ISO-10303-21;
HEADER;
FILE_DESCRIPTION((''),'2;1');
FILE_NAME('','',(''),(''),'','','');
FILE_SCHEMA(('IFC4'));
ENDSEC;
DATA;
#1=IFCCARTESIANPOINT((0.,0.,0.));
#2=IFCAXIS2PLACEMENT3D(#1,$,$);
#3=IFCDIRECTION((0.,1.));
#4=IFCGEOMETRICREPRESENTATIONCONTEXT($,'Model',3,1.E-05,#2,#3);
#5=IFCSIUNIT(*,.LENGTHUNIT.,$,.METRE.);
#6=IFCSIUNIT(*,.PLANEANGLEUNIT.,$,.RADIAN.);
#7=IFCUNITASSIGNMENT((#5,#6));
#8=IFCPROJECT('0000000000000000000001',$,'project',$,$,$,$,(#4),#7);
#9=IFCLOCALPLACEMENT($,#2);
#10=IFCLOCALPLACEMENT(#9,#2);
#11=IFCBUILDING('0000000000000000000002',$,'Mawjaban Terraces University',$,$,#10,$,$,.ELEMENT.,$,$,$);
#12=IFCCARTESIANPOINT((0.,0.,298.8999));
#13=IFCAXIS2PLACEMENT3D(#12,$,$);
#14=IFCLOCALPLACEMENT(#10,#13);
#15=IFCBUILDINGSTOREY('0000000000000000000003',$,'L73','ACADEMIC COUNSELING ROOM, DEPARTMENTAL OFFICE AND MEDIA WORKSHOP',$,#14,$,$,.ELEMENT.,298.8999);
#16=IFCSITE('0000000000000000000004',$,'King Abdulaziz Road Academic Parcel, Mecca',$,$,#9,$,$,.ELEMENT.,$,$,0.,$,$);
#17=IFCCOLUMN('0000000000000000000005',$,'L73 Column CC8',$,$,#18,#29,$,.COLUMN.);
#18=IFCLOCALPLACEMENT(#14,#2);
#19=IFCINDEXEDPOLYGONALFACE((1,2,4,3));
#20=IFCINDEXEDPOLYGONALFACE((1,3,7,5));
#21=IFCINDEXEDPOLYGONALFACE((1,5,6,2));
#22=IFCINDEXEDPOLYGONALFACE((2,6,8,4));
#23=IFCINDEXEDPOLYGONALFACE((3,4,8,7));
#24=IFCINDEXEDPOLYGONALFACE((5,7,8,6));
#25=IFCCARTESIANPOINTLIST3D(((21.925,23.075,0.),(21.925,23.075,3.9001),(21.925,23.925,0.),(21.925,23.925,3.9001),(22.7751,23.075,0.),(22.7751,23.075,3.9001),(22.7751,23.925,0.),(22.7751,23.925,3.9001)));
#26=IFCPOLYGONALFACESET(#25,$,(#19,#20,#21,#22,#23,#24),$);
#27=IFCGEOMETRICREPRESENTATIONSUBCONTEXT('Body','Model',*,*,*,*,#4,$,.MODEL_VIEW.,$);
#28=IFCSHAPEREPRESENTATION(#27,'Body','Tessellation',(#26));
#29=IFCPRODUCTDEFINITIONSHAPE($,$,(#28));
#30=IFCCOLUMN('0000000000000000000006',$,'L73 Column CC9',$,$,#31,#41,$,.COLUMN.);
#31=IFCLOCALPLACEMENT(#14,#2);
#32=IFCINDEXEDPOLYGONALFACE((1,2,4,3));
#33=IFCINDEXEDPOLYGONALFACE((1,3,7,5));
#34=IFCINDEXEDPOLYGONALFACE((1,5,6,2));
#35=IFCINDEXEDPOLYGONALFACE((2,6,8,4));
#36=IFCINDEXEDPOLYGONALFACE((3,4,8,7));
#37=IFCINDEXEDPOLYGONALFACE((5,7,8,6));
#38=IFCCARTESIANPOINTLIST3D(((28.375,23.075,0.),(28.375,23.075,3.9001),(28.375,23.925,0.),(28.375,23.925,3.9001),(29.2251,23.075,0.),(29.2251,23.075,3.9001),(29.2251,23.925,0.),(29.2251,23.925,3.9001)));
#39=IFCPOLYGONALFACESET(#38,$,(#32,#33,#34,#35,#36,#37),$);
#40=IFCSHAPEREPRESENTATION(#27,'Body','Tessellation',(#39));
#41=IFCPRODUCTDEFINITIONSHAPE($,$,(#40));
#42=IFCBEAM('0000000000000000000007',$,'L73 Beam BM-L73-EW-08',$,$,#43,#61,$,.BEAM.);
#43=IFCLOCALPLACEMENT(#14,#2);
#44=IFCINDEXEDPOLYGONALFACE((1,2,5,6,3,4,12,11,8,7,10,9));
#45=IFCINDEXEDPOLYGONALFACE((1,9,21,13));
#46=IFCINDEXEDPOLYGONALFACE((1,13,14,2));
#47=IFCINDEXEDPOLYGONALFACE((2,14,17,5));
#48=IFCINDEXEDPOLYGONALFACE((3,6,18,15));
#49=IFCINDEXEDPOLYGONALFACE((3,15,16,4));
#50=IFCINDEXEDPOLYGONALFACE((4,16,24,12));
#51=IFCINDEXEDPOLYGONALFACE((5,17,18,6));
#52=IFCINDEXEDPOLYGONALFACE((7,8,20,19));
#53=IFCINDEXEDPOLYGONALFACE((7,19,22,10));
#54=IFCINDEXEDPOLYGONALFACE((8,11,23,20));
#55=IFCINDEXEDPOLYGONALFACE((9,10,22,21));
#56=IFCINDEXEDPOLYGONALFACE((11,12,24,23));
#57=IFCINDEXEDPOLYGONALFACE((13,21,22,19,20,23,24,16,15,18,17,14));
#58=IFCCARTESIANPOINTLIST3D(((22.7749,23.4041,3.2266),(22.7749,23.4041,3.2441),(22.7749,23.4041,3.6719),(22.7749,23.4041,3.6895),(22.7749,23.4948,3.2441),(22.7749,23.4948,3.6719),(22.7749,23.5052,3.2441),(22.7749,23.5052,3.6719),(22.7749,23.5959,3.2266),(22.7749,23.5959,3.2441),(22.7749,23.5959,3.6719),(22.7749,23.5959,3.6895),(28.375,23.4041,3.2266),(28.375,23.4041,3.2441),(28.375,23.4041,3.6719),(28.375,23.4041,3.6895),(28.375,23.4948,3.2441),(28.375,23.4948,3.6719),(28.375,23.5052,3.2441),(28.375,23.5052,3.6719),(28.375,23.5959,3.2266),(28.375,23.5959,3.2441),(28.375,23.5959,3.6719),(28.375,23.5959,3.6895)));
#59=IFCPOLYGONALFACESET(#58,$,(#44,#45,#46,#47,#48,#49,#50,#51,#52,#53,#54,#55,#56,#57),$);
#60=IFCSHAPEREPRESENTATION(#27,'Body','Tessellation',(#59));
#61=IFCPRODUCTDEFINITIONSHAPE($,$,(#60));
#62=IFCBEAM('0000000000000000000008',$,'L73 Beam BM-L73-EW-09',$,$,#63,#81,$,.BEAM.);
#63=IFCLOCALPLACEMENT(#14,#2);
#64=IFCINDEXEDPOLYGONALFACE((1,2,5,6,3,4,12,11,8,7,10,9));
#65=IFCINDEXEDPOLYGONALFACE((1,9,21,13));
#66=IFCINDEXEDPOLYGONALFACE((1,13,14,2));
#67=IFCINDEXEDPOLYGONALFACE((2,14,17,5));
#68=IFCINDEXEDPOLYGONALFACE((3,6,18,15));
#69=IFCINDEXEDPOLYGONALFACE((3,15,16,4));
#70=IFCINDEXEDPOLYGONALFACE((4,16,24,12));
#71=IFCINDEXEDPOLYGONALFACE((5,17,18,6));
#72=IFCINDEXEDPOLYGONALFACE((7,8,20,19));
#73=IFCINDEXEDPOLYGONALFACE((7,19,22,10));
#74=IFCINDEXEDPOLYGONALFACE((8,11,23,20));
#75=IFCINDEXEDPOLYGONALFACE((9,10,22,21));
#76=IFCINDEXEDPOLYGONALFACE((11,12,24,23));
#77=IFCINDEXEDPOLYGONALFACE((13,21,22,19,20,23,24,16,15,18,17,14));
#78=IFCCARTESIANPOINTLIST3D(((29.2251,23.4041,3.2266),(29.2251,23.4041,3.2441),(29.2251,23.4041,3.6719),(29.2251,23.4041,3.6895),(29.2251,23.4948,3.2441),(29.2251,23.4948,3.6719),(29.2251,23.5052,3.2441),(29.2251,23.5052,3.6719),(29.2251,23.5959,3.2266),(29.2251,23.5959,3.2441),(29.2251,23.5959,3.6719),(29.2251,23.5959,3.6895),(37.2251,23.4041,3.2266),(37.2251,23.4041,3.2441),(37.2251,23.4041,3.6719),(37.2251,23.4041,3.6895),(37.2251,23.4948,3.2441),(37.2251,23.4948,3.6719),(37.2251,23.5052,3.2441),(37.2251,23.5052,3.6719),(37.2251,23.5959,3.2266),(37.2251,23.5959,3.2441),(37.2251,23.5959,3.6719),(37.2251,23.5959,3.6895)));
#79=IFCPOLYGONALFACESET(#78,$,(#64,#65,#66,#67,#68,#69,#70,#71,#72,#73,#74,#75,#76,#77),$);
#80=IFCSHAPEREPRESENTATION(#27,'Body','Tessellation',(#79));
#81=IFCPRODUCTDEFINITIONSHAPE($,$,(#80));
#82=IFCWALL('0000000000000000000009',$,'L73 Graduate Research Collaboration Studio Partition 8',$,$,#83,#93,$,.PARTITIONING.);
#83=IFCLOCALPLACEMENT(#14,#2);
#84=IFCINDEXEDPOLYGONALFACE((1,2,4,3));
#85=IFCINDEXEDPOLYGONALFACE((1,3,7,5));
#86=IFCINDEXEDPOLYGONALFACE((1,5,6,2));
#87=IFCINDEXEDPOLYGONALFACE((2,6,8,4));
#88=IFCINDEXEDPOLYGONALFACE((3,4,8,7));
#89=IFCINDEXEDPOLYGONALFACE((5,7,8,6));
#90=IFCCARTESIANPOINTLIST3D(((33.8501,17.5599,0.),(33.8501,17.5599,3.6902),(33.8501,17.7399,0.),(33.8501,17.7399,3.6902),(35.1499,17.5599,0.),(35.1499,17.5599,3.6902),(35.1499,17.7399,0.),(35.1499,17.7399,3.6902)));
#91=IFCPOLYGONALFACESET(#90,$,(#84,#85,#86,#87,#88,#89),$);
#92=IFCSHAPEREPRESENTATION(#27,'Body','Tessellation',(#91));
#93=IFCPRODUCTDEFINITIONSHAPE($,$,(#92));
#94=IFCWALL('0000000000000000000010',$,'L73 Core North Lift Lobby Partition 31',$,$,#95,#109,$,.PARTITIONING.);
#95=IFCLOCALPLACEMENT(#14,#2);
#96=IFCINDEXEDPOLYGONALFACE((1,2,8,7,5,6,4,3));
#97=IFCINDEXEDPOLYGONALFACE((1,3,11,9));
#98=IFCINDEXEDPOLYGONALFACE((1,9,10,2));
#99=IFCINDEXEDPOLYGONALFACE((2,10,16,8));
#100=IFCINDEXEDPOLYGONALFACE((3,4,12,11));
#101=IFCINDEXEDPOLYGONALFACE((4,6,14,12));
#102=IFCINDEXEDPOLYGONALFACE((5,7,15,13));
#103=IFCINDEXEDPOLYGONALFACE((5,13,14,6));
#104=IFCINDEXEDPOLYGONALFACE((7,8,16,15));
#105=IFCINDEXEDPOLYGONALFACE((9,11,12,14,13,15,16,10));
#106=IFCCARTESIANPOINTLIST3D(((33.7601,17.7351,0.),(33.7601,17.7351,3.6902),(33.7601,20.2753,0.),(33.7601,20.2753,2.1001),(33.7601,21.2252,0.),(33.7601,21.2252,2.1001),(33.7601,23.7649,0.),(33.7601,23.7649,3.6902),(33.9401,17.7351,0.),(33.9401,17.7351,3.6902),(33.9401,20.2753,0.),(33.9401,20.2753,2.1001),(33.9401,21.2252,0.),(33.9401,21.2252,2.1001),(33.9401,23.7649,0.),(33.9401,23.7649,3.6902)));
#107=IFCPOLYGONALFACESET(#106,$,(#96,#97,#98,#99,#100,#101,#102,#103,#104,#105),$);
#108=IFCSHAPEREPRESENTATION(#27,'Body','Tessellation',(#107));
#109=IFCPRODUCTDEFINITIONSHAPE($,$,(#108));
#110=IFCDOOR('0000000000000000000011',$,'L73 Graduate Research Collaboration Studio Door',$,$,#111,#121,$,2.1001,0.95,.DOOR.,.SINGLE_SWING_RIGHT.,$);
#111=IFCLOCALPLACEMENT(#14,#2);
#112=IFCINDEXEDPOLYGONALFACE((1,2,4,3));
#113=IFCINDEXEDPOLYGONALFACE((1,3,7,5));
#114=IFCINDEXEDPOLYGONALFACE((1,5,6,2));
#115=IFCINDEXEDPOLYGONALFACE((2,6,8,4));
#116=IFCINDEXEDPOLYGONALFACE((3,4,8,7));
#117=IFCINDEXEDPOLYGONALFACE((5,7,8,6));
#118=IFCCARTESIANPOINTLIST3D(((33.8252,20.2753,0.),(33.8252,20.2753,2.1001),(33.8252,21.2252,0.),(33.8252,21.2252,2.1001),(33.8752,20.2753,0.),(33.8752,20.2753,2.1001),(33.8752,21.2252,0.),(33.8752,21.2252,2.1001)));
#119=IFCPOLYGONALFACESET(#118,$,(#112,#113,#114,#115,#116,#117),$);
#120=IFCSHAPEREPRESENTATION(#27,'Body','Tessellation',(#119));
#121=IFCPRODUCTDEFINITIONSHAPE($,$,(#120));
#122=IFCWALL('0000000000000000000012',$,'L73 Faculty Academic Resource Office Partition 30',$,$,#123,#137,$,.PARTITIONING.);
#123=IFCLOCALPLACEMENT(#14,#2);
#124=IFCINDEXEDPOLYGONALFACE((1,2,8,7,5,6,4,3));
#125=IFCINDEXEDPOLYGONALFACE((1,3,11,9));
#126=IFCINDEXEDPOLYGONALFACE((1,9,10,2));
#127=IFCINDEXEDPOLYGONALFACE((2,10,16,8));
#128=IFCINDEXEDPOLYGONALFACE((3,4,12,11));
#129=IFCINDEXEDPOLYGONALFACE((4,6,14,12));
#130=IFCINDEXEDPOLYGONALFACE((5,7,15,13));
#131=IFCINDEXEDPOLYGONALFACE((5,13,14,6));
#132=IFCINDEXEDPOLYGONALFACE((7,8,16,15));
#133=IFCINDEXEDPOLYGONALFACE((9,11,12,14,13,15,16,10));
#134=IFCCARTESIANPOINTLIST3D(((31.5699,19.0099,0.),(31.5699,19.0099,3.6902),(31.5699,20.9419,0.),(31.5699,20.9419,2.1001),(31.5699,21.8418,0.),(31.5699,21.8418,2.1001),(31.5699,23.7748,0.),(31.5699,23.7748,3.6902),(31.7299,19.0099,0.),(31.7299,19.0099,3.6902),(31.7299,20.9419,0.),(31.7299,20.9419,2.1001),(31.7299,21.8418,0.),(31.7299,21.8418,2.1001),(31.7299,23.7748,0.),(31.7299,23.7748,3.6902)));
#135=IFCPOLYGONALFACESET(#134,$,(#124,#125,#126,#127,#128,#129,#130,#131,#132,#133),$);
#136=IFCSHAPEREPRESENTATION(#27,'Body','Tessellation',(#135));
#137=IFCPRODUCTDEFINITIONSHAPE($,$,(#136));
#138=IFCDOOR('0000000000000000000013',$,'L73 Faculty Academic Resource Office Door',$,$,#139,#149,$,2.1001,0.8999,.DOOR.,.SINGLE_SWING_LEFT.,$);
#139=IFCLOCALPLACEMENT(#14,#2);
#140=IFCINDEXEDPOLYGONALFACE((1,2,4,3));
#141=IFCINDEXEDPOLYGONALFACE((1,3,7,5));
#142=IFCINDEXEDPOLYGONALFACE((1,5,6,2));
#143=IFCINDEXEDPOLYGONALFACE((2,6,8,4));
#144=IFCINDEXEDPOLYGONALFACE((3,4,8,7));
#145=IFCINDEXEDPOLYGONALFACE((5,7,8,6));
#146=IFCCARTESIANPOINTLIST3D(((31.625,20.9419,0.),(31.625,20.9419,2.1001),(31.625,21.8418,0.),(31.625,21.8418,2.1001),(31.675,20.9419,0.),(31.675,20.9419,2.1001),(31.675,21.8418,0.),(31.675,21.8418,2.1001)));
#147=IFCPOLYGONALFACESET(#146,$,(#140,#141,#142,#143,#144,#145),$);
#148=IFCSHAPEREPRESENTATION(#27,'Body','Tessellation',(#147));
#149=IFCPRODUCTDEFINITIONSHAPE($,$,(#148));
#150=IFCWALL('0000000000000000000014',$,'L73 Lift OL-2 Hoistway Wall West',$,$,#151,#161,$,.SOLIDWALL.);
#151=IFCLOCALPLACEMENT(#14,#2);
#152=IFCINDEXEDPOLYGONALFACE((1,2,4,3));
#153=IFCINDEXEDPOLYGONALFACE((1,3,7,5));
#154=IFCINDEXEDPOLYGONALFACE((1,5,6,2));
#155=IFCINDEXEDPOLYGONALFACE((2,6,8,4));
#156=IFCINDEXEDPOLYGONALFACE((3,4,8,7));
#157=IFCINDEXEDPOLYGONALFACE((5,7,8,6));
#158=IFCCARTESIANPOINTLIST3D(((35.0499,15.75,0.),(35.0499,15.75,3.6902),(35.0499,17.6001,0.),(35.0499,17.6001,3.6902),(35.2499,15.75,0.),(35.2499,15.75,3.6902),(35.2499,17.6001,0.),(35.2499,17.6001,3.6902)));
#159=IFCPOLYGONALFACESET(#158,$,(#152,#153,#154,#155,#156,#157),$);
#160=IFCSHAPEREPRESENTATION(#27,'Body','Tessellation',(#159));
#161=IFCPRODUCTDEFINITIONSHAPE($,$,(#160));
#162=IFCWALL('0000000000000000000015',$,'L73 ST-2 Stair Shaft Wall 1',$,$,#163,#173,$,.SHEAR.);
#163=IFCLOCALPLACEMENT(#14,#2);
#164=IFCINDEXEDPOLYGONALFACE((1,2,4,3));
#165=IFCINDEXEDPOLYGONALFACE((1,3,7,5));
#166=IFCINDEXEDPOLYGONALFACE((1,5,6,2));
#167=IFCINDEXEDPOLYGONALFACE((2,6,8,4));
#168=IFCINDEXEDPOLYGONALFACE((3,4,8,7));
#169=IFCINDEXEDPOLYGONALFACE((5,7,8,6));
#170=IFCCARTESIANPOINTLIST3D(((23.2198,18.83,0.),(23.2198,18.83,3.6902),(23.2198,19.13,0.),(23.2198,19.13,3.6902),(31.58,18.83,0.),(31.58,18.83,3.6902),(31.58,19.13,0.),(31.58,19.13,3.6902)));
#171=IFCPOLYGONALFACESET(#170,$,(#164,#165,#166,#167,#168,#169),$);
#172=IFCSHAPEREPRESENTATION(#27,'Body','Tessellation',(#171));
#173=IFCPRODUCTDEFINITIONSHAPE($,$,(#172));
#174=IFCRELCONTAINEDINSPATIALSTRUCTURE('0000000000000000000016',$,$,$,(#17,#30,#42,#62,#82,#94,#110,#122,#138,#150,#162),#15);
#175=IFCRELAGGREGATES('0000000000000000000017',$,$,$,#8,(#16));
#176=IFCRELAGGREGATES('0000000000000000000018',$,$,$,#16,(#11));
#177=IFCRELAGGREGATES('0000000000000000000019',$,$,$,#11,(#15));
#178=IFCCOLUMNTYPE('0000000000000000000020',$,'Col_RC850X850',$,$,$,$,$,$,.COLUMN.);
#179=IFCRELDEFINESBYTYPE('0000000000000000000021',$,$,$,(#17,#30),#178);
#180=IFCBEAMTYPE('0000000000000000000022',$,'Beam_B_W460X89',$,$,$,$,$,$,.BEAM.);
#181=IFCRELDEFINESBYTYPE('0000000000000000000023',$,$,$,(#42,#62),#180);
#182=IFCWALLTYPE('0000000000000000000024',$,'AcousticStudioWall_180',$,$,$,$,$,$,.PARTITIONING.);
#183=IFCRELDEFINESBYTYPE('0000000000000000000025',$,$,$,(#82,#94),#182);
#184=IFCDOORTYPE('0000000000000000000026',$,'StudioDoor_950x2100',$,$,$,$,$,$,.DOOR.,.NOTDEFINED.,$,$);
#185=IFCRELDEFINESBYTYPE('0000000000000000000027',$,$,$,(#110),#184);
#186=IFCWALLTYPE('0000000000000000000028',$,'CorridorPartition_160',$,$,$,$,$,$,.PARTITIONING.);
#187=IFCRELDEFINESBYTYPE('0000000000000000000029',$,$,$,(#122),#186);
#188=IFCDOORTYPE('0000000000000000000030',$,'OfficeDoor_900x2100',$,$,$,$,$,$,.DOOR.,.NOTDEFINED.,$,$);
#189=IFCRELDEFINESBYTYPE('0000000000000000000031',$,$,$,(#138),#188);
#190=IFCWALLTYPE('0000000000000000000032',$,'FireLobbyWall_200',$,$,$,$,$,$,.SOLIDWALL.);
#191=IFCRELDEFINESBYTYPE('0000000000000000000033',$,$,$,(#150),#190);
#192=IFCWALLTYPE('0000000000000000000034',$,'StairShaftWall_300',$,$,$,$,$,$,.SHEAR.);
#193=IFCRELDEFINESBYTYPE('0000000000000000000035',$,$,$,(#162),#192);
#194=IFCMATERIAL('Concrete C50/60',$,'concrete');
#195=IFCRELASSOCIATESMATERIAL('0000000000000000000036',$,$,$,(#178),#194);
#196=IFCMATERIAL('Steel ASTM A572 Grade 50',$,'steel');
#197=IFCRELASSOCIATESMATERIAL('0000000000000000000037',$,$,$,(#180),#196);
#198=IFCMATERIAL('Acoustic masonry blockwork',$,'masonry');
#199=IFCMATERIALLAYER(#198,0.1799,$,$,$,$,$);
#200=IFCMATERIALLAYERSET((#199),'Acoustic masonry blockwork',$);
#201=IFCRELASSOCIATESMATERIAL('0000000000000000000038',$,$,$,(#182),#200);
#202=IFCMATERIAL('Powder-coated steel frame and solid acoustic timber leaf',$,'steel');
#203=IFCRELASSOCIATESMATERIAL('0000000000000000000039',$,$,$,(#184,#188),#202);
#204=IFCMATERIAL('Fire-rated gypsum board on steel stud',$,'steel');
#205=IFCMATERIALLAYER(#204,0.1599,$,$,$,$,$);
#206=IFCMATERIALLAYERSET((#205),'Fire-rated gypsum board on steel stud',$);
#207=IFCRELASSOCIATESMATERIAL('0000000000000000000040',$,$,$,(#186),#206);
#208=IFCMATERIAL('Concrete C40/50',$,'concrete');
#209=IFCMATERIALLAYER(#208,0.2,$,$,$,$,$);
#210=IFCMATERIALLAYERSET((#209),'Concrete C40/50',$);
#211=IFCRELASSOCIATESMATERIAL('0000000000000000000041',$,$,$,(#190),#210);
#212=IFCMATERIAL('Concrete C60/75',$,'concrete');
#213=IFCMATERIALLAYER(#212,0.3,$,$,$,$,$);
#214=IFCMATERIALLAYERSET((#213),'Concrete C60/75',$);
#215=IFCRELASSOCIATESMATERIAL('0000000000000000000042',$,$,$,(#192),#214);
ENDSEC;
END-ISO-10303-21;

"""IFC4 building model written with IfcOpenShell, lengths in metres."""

from ifc_helpers import new_model, si_unit, direction, frame, frame_2d, origin, origin_2d, place, context, subcontext, project, spatial, rectangle, i_section, extrude, material, layer, layer_set, material_profile, profile_set, type_object, element, fill, save


model = new_model("IFC4")

# Units and contexts
model_context = context("Model", 3, precision=1e-05, world=origin(), true_north=direction((0.0, 1.0)))
body_context = subcontext(model_context, "Body", "Model", "MODEL_VIEW")
ifc_project = project(units=[si_unit("LENGTHUNIT", "METRE"), si_unit("PLANEANGLEUNIT", "RADIAN")], contexts=[model_context])

# Site, building, storey
site_placement = place(None, origin())
site = spatial("IfcSite", under=ifc_project, at=site_placement, Name="King Abdulaziz Road Academic Parcel, Mecca", CompositionType="ELEMENT", RefElevation=0.0)
building_placement = place(site_placement, origin())
building = spatial("IfcBuilding", under=site, at=building_placement, Name="Mawjaban Terraces University", CompositionType="ELEMENT")
storey_placement = place(building_placement, frame((0.0, 0.0, 298.8999)))
storey = spatial("IfcBuildingStorey", under=building, at=storey_placement, Name="L73", Description="ACADEMIC COUNSELING ROOM, DEPARTMENTAL OFFICE AND MEDIA WORKSHOP", CompositionType="ELEMENT", Elevation=298.8999)

# Columns
ifc_material_1 = material(Name="Concrete C50/60", Category="concrete")
ifc_material_profile_1 = material_profile(ifc_material_1, rectangle(XDim=0.8501, YDim=0.8501, at=origin_2d()), Name="RC850X850")
ifc_profile_set_1 = profile_set([ifc_material_profile_1], Name="Concrete C50/60")
column_type = type_object("IfcColumnType", Name="Col_RC850X850", PredefinedType="COLUMN", material=ifc_profile_set_1)
for number, where, z_axis, x_axis, name in (
    (1, (22.3501, 23.5, 0.0), (0.0, 0.0, 1.0), (1.0, 0.0, 0.0), "L73 Column CC8"),
    (2, (28.8, 23.5, 0.0), (0.0, 0.0, 1.0), (1.0, 0.0, 0.0), "L73 Column CC9"),
):
    element("IfcColumn", number, at=place(storey_placement, frame(where, z_axis=z_axis, x_axis=x_axis)), inside=storey, type_object=column_type, Name=name, PredefinedType="COLUMN", context=body_context, shape_type="SweptSolid", body=[
        extrude(rectangle(XDim=0.8501, YDim=0.8501, at=origin_2d()), origin(), (0.0, 0.0, 1.0), 3.9001),
    ])

# Beams
ifc_material_2 = material(Name="Steel ASTM A572 Grade 50", Category="steel")
ifc_material_profile_2 = material_profile(ifc_material_2, i_section(OverallWidth=0.1919, OverallDepth=0.4629, WebThickness=0.0105, FlangeThickness=0.0176, at=origin_2d()), Name="W460X89")
ifc_profile_set_2 = profile_set([ifc_material_profile_2], Name="Steel ASTM A572 Grade 50")
beam_type = type_object("IfcBeamType", Name="Beam_B_W460X89", PredefinedType="BEAM", material=ifc_profile_set_2)
beam_1_placement = place(storey_placement, frame((22.7749, 23.5, 3.458), z_axis=(1.0, 0.0, 0.0), x_axis=(0.0, 1.0, 0.0)))
element("IfcBeam", 3, at=beam_1_placement, inside=storey, type_object=beam_type, Name="L73 Beam BM-L73-EW-08", PredefinedType="BEAM", context=body_context, shape_type="SweptSolid", body=[
    extrude(i_section(OverallWidth=0.1919, OverallDepth=0.4629, WebThickness=0.0105, FlangeThickness=0.0176, at=origin_2d()), origin(), (0.0, 0.0, 1.0), 5.6001),
])
beam_2_placement = place(storey_placement, frame((29.2251, 23.5, 3.458), z_axis=(1.0, 0.0, 0.0), x_axis=(0.0, 1.0, 0.0)))
element("IfcBeam", 4, at=beam_2_placement, inside=storey, type_object=beam_type, Name="L73 Beam BM-L73-EW-09", PredefinedType="BEAM", context=body_context, shape_type="SweptSolid", body=[
    extrude(i_section(OverallWidth=0.1919, OverallDepth=0.4629, WebThickness=0.0105, FlangeThickness=0.0176, at=origin_2d()), origin(), (0.0, 0.0, 1.0), 8.0),
])

# Wall
ifc_material_3 = material(Name="Acoustic masonry blockwork", Category="masonry")
ifc_layer_1 = layer(ifc_material_3, 0.1799)
ifc_layer_set_1 = layer_set([ifc_layer_1], Name="Acoustic masonry blockwork")
wall_type_1 = type_object("IfcWallType", Name="AcousticStudioWall_180", PredefinedType="PARTITIONING", material=ifc_layer_set_1)
wall_1_placement = place(storey_placement, frame((33.8501, 17.6499, 0.0), z_axis=(0.0, 0.0, 1.0), x_axis=(1.0, 0.0, 0.0)))
element("IfcWall", 5, at=wall_1_placement, inside=storey, type_object=wall_type_1, Name="L73 Graduate Research Collaboration Studio Partition 8", PredefinedType="PARTITIONING", context=body_context, shape_type="SweptSolid", body=[
    extrude(rectangle(XDim=1.2998, YDim=0.1799, at=frame_2d((0.6499, 0.0))), origin(), (0.0, 0.0, 1.0), 3.6902),
])

# Walls, openings, doors
wall_2_placement = place(storey_placement, frame((33.8501, 17.7351, 0.0), z_axis=(0.0, 0.0, 1.0), x_axis=(0.0, 1.0, 0.0)))
wall_2 = element("IfcWall", 6, at=wall_2_placement, inside=storey, type_object=wall_type_1, Name="L73 Core North Lift Lobby Partition 31", PredefinedType="PARTITIONING", context=body_context, shape_type="SweptSolid", body=[
    extrude(rectangle(XDim=6.0298, YDim=0.1799, at=frame_2d((3.0149, 0.0))), origin(), (0.0, 0.0, 1.0), 3.6902),
])
opening_1_placement = place(wall_2_placement, frame((2.54, 0.0, 0.0)))
opening_1 = element("IfcOpeningElement", 7, at=opening_1_placement, cuts=wall_2, PredefinedType="OPENING", context=body_context, shape_type="SweptSolid", body=[
    extrude(rectangle(XDim=0.95, YDim=2.1001, at=frame_2d((0.4751, 1.05))), frame((0.0, 0.0999, 0.0), z_axis=(0.0, -1.0, 0.0), x_axis=(1.0, 0.0, 0.0)), (0.0, 0.0, 1.0), 0.2),
])
ifc_material_4 = material(Name="Powder-coated steel frame and solid acoustic timber leaf", Category="steel")
door_type_1 = type_object("IfcDoorType", Name="StudioDoor_950x2100", OperationType="NOTDEFINED", PredefinedType="DOOR", material=ifc_material_4)
door_1_placement = place(opening_1_placement, origin())
door_1 = element("IfcDoor", 8, at=door_1_placement, inside=storey, type_object=door_type_1, Name="L73 Graduate Research Collaboration Studio Door", OperationType="SINGLE_SWING_RIGHT", OverallHeight=2.1001, OverallWidth=0.95, PredefinedType="DOOR", context=body_context, shape_type="SweptSolid", body=[
    extrude(rectangle(XDim=0.95, YDim=2.1001, at=frame_2d((0.4751, 1.05))), frame((0.0, 0.0249, 0.0), z_axis=(0.0, -1.0, 0.0), x_axis=(1.0, 0.0, 0.0)), (0.0, 0.0, 1.0), 0.05),
])
fill(opening_1, door_1)
ifc_material_5 = material(Name="Fire-rated gypsum board on steel stud", Category="steel")
ifc_layer_2 = layer(ifc_material_5, 0.1599)
ifc_layer_set_2 = layer_set([ifc_layer_2], Name="Fire-rated gypsum board on steel stud")
wall_type_2 = type_object("IfcWallType", Name="CorridorPartition_160", PredefinedType="PARTITIONING", material=ifc_layer_set_2)
wall_3_placement = place(storey_placement, frame((31.6499, 19.01, 0.0), z_axis=(0.0, 0.0, 1.0), x_axis=(0.0, 1.0, 0.0)))
wall_3 = element("IfcWall", 9, at=wall_3_placement, inside=storey, type_object=wall_type_2, Name="L73 Faculty Academic Resource Office Partition 30", PredefinedType="PARTITIONING", context=body_context, shape_type="SweptSolid", body=[
    extrude(rectangle(XDim=4.7649, YDim=0.1599, at=frame_2d((2.3823, 0.0))), origin(), (0.0, 0.0, 1.0), 3.6902),
])
opening_2_placement = place(wall_3_placement, frame((1.9319, 0.0, 0.0)))
opening_2 = element("IfcOpeningElement", 10, at=opening_2_placement, cuts=wall_3, PredefinedType="OPENING", context=body_context, shape_type="SweptSolid", body=[
    extrude(rectangle(XDim=0.8999, YDim=2.1001, at=frame_2d((0.45, 1.05))), frame((0.0, 0.0898, 0.0), z_axis=(0.0, -1.0, 0.0), x_axis=(1.0, 0.0, 0.0)), (0.0, 0.0, 1.0), 0.1799),
])
door_type_2 = type_object("IfcDoorType", Name="OfficeDoor_900x2100", OperationType="NOTDEFINED", PredefinedType="DOOR", material=ifc_material_4)
door_2_placement = place(opening_2_placement, origin())
door_2 = element("IfcDoor", 11, at=door_2_placement, inside=storey, type_object=door_type_2, Name="L73 Faculty Academic Resource Office Door", OperationType="SINGLE_SWING_LEFT", OverallHeight=2.1001, OverallWidth=0.8999, PredefinedType="DOOR", context=body_context, shape_type="SweptSolid", body=[
    extrude(rectangle(XDim=0.8999, YDim=2.1001, at=frame_2d((0.45, 1.05))), frame((0.0, 0.0249, 0.0), z_axis=(0.0, -1.0, 0.0), x_axis=(1.0, 0.0, 0.0)), (0.0, 0.0, 1.0), 0.05),
])
fill(opening_2, door_2)

# Walls
ifc_material_6 = material(Name="Concrete C40/50", Category="concrete")
ifc_layer_3 = layer(ifc_material_6, 0.2)
ifc_layer_set_3 = layer_set([ifc_layer_3], Name="Concrete C40/50")
wall_type_3 = type_object("IfcWallType", Name="FireLobbyWall_200", PredefinedType="SOLIDWALL", material=ifc_layer_set_3)
wall_4_placement = place(storey_placement, frame((35.1499, 17.6001, 0.0), z_axis=(0.0, 0.0, 1.0), x_axis=(0.0, -1.0, 0.0)))
element("IfcWall", 12, at=wall_4_placement, inside=storey, type_object=wall_type_3, Name="L73 Lift OL-2 Hoistway Wall West", PredefinedType="SOLIDWALL", context=body_context, shape_type="SweptSolid", body=[
    extrude(rectangle(XDim=1.8501, YDim=0.2, at=frame_2d((0.925, 0.0))), origin(), (0.0, 0.0, 1.0), 3.6902),
])
ifc_material_7 = material(Name="Concrete C60/75", Category="concrete")
ifc_layer_4 = layer(ifc_material_7, 0.3)
ifc_layer_set_4 = layer_set([ifc_layer_4], Name="Concrete C60/75")
wall_type_4 = type_object("IfcWallType", Name="StairShaftWall_300", PredefinedType="SHEAR", material=ifc_layer_set_4)
wall_5_placement = place(storey_placement, frame((31.5801, 18.98, 0.0), z_axis=(0.0, 0.0, 1.0), x_axis=(-1.0, 0.0, 0.0)))
element("IfcWall", 13, at=wall_5_placement, inside=storey, type_object=wall_type_4, Name="L73 ST-2 Stair Shaft Wall 1", PredefinedType="SHEAR", context=body_context, shape_type="SweptSolid", body=[
    extrude(rectangle(XDim=8.3601, YDim=0.3, at=frame_2d((4.1802, 0.0))), origin(), (0.0, 0.0, 1.0), 3.6902),
])

save(model, "model.ifc")
